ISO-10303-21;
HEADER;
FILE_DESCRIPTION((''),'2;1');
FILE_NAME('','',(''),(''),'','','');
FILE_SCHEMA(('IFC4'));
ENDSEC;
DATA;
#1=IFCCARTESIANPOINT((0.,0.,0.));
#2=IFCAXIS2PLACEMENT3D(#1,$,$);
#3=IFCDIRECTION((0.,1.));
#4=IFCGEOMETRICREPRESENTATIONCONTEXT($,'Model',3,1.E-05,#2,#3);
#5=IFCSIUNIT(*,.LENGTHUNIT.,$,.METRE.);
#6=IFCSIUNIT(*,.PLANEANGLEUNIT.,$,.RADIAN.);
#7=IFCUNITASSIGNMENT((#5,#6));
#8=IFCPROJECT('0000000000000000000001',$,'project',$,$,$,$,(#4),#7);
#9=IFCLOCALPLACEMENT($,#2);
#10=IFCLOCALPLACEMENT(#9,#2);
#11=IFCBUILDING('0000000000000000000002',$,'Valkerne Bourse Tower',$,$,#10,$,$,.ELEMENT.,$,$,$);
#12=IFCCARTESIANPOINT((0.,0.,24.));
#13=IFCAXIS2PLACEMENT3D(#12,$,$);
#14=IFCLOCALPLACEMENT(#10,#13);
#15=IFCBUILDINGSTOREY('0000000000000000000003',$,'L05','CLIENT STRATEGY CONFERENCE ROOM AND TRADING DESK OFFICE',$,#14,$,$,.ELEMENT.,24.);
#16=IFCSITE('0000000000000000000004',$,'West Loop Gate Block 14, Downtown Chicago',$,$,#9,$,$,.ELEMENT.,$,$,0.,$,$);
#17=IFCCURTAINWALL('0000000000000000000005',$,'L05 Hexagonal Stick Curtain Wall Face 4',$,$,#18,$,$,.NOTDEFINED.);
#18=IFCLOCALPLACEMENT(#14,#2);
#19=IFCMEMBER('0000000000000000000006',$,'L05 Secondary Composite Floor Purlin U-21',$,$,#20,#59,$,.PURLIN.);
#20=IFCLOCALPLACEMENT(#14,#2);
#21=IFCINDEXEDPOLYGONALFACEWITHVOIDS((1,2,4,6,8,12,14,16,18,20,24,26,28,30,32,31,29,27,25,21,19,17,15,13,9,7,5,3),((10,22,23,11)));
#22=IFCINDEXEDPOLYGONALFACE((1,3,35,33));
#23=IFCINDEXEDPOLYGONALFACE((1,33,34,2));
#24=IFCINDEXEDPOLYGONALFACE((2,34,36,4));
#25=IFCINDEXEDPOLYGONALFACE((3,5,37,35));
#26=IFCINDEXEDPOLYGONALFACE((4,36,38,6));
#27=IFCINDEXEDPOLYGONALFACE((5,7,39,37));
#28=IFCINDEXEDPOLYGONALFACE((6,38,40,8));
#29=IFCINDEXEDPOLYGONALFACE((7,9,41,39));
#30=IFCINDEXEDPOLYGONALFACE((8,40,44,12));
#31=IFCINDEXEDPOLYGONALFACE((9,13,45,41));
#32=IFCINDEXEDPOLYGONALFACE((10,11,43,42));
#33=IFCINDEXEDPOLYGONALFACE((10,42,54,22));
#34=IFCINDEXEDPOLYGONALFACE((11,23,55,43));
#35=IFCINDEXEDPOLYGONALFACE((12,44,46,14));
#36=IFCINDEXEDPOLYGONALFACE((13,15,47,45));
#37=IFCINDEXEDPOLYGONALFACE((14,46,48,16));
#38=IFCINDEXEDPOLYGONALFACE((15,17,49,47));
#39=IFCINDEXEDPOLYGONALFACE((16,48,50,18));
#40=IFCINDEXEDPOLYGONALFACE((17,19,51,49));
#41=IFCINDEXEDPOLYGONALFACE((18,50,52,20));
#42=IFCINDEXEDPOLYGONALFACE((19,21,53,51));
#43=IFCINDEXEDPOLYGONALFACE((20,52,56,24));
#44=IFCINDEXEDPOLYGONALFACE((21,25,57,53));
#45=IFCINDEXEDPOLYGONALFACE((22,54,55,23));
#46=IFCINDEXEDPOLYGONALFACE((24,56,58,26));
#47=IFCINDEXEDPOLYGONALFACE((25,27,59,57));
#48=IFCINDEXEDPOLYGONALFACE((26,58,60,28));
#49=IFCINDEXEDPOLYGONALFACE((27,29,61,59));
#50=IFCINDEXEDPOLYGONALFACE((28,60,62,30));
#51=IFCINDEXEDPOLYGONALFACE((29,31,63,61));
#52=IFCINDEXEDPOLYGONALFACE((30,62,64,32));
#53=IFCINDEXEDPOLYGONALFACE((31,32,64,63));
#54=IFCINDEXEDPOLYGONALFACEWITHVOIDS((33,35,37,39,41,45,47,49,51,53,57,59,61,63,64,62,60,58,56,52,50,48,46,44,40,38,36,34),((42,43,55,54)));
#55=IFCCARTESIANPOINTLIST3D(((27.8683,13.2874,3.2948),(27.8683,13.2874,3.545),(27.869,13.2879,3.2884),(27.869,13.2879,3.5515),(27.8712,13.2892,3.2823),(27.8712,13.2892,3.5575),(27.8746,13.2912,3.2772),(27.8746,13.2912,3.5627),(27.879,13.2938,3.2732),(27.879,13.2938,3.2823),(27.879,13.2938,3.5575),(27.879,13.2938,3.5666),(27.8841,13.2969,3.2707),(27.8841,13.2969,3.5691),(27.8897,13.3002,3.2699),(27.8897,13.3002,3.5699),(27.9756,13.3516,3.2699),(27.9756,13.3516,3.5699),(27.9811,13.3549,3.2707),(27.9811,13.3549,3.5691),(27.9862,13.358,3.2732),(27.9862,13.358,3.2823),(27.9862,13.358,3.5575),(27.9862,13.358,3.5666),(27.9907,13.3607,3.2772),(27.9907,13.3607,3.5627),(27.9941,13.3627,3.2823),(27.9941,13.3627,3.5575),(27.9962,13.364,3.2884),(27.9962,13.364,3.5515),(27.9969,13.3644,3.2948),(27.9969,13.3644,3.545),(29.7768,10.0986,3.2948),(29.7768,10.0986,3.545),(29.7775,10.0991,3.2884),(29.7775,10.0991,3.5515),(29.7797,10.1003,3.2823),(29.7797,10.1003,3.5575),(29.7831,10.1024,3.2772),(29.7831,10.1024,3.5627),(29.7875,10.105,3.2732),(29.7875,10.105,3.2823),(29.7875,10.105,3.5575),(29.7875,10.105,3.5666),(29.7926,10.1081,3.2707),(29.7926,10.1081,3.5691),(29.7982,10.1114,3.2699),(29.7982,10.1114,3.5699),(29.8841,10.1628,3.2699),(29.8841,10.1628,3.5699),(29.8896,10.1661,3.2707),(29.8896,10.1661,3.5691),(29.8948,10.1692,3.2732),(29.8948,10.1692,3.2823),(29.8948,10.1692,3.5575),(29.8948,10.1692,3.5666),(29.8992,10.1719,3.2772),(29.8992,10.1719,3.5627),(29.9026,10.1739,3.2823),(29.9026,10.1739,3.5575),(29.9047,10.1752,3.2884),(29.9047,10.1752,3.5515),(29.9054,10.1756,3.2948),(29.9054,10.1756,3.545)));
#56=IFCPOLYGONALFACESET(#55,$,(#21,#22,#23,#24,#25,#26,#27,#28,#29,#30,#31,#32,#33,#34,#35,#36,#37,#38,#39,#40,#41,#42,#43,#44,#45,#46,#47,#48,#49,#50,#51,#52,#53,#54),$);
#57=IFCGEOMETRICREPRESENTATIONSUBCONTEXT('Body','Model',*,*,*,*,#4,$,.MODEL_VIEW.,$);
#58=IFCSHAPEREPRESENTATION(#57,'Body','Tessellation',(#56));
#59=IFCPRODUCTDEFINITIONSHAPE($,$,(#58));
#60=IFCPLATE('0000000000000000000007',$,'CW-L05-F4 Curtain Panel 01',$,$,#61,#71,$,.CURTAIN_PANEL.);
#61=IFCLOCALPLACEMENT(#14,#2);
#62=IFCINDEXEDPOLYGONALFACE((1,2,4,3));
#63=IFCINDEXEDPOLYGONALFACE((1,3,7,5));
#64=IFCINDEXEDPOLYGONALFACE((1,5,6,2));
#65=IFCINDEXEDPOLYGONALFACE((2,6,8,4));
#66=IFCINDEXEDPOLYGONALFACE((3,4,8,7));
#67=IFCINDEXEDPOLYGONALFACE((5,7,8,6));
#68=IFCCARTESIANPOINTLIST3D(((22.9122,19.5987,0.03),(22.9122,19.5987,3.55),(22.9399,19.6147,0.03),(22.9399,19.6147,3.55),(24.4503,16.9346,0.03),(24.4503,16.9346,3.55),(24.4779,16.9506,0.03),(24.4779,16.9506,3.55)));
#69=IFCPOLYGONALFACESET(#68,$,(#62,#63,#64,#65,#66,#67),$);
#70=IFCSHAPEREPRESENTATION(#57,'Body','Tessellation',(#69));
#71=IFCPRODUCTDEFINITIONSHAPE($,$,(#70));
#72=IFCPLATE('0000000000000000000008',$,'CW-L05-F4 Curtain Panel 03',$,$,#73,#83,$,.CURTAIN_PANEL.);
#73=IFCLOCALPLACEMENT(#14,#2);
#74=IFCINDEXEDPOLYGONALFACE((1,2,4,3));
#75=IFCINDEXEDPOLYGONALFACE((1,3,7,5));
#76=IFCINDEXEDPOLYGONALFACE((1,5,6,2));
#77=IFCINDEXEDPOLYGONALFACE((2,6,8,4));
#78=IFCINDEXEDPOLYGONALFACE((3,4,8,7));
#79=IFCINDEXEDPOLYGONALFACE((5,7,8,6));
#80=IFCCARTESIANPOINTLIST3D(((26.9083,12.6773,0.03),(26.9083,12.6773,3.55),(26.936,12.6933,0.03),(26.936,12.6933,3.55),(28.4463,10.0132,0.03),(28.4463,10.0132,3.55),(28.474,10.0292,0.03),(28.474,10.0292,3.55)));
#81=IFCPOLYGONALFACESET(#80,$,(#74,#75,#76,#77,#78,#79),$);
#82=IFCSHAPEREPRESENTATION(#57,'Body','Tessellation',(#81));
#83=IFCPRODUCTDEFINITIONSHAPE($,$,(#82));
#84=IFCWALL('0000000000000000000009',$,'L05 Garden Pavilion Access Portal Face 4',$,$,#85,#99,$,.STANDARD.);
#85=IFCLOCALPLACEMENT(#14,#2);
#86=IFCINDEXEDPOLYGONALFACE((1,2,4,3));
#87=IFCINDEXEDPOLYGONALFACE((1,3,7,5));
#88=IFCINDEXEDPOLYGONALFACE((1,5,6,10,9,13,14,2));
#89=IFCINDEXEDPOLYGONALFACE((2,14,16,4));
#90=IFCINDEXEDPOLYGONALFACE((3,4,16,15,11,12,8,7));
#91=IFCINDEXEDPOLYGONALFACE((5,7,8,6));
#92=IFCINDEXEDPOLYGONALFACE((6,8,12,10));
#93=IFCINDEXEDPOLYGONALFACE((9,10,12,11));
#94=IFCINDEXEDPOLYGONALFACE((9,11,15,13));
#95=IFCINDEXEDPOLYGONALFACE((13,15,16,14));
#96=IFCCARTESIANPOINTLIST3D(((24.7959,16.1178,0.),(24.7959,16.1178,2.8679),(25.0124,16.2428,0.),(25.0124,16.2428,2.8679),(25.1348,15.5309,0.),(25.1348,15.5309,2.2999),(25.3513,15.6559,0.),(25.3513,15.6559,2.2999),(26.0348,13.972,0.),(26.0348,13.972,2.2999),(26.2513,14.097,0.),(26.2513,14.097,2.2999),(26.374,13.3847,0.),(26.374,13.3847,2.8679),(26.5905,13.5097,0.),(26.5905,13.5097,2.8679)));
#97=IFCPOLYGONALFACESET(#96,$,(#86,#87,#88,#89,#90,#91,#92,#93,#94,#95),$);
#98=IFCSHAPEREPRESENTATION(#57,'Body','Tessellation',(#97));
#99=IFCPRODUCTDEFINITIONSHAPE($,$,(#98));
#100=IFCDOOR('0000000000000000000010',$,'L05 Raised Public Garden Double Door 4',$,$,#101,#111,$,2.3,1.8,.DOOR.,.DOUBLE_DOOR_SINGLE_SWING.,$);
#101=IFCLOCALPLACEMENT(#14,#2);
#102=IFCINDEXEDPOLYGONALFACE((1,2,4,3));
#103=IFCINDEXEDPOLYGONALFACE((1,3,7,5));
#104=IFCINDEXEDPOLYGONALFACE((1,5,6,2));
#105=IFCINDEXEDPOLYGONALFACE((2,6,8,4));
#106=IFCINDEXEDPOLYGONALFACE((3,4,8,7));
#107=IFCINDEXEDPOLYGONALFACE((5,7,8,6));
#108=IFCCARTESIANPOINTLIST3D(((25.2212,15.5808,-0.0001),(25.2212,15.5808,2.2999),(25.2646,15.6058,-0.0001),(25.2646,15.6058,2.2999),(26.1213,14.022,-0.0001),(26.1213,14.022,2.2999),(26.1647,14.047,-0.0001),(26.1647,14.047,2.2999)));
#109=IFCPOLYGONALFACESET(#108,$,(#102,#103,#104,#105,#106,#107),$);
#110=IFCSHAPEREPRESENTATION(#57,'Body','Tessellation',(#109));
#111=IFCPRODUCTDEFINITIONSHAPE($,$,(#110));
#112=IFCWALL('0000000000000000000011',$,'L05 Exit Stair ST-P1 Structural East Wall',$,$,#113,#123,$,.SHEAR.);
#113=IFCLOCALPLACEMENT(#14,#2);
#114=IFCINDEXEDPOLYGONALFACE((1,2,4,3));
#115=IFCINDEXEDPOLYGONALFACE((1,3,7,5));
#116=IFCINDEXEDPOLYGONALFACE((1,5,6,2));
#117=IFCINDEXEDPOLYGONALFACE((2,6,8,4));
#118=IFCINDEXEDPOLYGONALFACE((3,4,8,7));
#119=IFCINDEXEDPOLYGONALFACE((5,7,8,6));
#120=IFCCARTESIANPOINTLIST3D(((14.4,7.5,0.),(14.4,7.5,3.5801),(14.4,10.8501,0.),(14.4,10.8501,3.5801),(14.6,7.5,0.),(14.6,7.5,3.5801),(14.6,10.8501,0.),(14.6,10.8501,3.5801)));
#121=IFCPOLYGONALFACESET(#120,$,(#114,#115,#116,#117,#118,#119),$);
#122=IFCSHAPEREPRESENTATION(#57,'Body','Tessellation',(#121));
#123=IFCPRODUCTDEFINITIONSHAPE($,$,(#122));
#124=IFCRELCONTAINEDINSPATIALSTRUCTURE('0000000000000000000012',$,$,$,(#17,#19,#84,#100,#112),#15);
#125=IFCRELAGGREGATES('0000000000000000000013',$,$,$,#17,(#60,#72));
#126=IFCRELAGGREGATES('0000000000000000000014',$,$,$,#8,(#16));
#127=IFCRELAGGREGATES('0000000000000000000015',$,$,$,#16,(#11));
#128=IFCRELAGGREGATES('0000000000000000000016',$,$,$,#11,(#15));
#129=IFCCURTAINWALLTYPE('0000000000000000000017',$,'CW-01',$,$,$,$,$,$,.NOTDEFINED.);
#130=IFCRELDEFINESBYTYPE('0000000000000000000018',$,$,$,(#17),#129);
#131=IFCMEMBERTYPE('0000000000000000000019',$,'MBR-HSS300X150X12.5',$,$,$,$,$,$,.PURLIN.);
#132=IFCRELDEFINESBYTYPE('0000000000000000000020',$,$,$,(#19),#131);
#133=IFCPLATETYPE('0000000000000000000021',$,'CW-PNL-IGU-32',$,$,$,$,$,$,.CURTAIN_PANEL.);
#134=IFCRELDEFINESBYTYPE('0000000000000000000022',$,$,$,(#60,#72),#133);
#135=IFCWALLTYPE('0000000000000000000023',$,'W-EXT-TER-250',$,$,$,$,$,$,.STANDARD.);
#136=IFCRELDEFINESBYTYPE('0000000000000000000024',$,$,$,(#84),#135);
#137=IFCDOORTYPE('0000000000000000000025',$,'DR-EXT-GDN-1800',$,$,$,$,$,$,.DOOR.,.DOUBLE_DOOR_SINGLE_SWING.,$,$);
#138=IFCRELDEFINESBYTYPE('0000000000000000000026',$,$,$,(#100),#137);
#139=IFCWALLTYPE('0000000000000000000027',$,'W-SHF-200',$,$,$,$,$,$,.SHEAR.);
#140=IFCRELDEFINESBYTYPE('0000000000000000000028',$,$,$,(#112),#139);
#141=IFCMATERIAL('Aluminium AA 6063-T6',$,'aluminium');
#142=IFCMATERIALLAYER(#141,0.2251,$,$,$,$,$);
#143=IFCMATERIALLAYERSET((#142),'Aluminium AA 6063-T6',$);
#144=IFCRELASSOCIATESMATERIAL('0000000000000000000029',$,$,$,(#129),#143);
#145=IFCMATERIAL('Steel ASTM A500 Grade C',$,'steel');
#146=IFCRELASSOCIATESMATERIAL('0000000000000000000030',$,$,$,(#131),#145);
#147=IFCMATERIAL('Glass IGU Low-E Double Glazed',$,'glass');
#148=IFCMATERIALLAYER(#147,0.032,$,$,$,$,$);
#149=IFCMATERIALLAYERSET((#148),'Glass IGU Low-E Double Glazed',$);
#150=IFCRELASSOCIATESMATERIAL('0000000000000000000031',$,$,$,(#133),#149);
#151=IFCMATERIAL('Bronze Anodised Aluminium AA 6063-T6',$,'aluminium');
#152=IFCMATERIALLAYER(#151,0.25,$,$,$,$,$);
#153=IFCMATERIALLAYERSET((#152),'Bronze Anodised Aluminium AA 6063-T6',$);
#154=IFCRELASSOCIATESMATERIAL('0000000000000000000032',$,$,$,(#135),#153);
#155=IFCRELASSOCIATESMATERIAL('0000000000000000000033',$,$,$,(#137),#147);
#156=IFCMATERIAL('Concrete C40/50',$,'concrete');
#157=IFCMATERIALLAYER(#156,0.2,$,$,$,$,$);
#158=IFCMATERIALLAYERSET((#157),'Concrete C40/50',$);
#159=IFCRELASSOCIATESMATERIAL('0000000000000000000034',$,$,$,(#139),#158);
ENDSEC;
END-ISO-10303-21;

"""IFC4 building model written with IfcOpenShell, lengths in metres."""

from ifc_helpers import new_model, si_unit, direction, frame, frame_2d, origin, origin_2d, place, context, subcontext, project, spatial, rectangle, hollow_rectangle, extrude, material, layer, layer_set, material_profile, profile_set, type_object, element, fill, aggregate, save


model = new_model("IFC4")

# Units and contexts
model_context = context("Model", 3, precision=1e-05, world=origin(), true_north=direction((0.0, 1.0)))
body_context = subcontext(model_context, "Body", "Model", "MODEL_VIEW")
ifc_project = project(units=[si_unit("LENGTHUNIT", "METRE"), si_unit("PLANEANGLEUNIT", "RADIAN")], contexts=[model_context])

# Site, building, storey
site_placement = place(None, origin())
site = spatial("IfcSite", under=ifc_project, at=site_placement, Name="West Loop Gate Block 14, Downtown Chicago", CompositionType="ELEMENT", RefElevation=0.0)
building_placement = place(site_placement, origin())
building = spatial("IfcBuilding", under=site, at=building_placement, Name="Valkerne Bourse Tower", CompositionType="ELEMENT")
storey_placement = place(building_placement, frame((0.0, 0.0, 24.0)))
storey = spatial("IfcBuildingStorey", under=building, at=storey_placement, Name="L05", Description="CLIENT STRATEGY CONFERENCE ROOM AND TRADING DESK OFFICE", CompositionType="ELEMENT", Elevation=24.0)

# Curtain wall
ifc_material_1 = material(Name="Aluminium AA 6063-T6", Category="aluminium")
ifc_layer_1 = layer(ifc_material_1, 0.2251)
ifc_layer_set_1 = layer_set([ifc_layer_1], Name="Aluminium AA 6063-T6")
curtain_wall_type = type_object("IfcCurtainWallType", Name="CW-01", PredefinedType="NOTDEFINED", material=ifc_layer_set_1)
curtain_wall_placement = place(storey_placement, origin())
curtain_wall = element("IfcCurtainWall", 1, at=curtain_wall_placement, inside=storey, type_object=curtain_wall_type, Name="L05 Hexagonal Stick Curtain Wall Face 4", PredefinedType="NOTDEFINED")

# Member
ifc_material_2 = material(Name="Bronze Anodised Aluminium AA 6063-T6", Category="aluminium")
ifc_material_3 = material(Name="Steel ASTM A500 Grade C", Category="steel")
ifc_material_profile_1 = material_profile(ifc_material_3, hollow_rectangle(XDim=0.1499, YDim=0.3, WallThickness=0.0125, OuterFilletRadius=0.0249, at=origin_2d()), Name="HSS300X150X12.5")
ifc_profile_set_1 = profile_set([ifc_material_profile_1], Name="Steel ASTM A500 Grade C")
member_type_1 = type_object("IfcMemberType", Name="MBR-HSS300X150X12.5", PredefinedType="PURLIN", material=ifc_profile_set_1)
for number, where, z_axis, x_axis, name in (
    (2, (27.9326, 13.3259, 3.4199), (0.513549, -0.85806, 0.0), (0.85806, 0.513549, 0.0), "L05 Secondary Composite Floor Purlin U-21"),
):
    element("IfcMember", number, at=place(storey_placement, frame(where, z_axis=z_axis, x_axis=x_axis)), inside=storey, type_object=member_type_1, Name=name, PredefinedType="PURLIN", context=body_context, shape_type="SweptSolid", body=[
        extrude(hollow_rectangle(XDim=0.1499, YDim=0.3, WallThickness=0.0125, OuterFilletRadius=0.0249, at=origin_2d()), origin(), (0.0, 0.0, 1.0), 3.7163),
    ])

# Plates
ifc_material_4 = material(Name="Glass IGU Low-E Double Glazed", Category="glass")
ifc_layer_2 = layer(ifc_material_4, 0.032)
ifc_layer_set_2 = layer_set([ifc_layer_2], Name="Glass IGU Low-E Double Glazed")
plate_type = type_object("IfcPlateType", Name="CW-PNL-IGU-32", PredefinedType="CURTAIN_PANEL", material=ifc_layer_set_2)
plate_1_placement = place(storey_placement, frame((23.6951, 18.2747, 0.03), z_axis=(0.0, 0.0, 1.0), x_axis=(0.499993, -0.866029, 0.0)))
plate_1 = element("IfcPlate", 3, at=plate_1_placement, type_object=plate_type, Name="CW-L05-F4 Curtain Panel 01", PredefinedType="CURTAIN_PANEL", context=body_context, shape_type="SweptSolid", body=[
    extrude(rectangle(XDim=3.0762, YDim=0.032, at=origin_2d()), origin(), (0.0, 0.0, 1.0), 3.52),
])
plate_2_placement = place(storey_placement, frame((27.6912, 11.3533, 0.03), z_axis=(0.0, 0.0, 1.0), x_axis=(0.499993, -0.866029, 0.0)))
plate_2 = element("IfcPlate", 4, at=plate_2_placement, type_object=plate_type, Name="CW-L05-F4 Curtain Panel 03", PredefinedType="CURTAIN_PANEL", context=body_context, shape_type="SweptSolid", body=[
    extrude(rectangle(XDim=3.0762, YDim=0.032, at=origin_2d()), origin(), (0.0, 0.0, 1.0), 3.52),
])
aggregate(curtain_wall, [plate_1, plate_2])

# Wall, opening, door
ifc_layer_3 = layer(ifc_material_2, 0.25)
ifc_layer_set_3 = layer_set([ifc_layer_3], Name="Bronze Anodised Aluminium AA 6063-T6")
wall_type_1 = type_object("IfcWallType", Name="W-EXT-TER-250", PredefinedType="STANDARD", material=ifc_layer_set_3)
wall_1_placement = place(storey_placement, frame((24.9041, 16.1804, 0.0), z_axis=(0.0, 0.0, 1.0), x_axis=(0.500033, -0.866007, 0.0)))
wall_1 = element("IfcWall", 5, at=wall_1_placement, inside=storey, type_object=wall_type_1, Name="L05 Garden Pavilion Access Portal Face 4", PredefinedType="STANDARD", context=body_context, shape_type="SweptSolid", body=[
    extrude(rectangle(XDim=3.156, YDim=0.25, at=frame_2d((1.5781, 0.0))), origin(), (0.0, 0.0, 1.0), 2.8679),
])
opening_placement = place(wall_1_placement, frame((0.678, 0.0, 0.0)))
opening = element("IfcOpeningElement", 6, at=opening_placement, cuts=wall_1, PredefinedType="OPENING", context=body_context, shape_type="SweptSolid", body=[
    extrude(rectangle(XDim=1.8, YDim=2.3, at=frame_2d((0.8999, 1.1499))), frame((0.0, 0.135, 0.0), z_axis=(0.0, -1.0, 0.0), x_axis=(1.0, 0.0, 0.0)), (0.0, 0.0, 1.0), 0.27),
])
door_type = type_object("IfcDoorType", Name="DR-EXT-GDN-1800", OperationType="DOUBLE_DOOR_SINGLE_SWING", PredefinedType="DOOR", material=ifc_material_4)
door_placement = place(opening_placement, origin())
door = element("IfcDoor", 7, at=door_placement, inside=storey, type_object=door_type, Name="L05 Raised Public Garden Double Door 4", OperationType="DOUBLE_DOOR_SINGLE_SWING", OverallHeight=2.3, OverallWidth=1.8, PredefinedType="DOOR", context=body_context, shape_type="SweptSolid", body=[
    extrude(rectangle(XDim=1.8, YDim=2.3, at=frame_2d((0.8999, 1.1499))), frame((0.0, 0.0249, 0.0), z_axis=(0.0, -1.0, 0.0), x_axis=(1.0, 0.0, 0.0)), (0.0, 0.0, 1.0), 0.05),
])
fill(opening, door)

# Wall
ifc_material_5 = material(Name="Concrete C40/50", Category="concrete")
ifc_layer_4 = layer(ifc_material_5, 0.2)
ifc_layer_set_4 = layer_set([ifc_layer_4], Name="Concrete C40/50")
wall_type_2 = type_object("IfcWallType", Name="W-SHF-200", PredefinedType="SHEAR", material=ifc_layer_set_4)
wall_2_placement = place(storey_placement, frame((14.5, 7.5, 0.0), z_axis=(0.0, 0.0, 1.0), x_axis=(0.0, 1.0, 0.0)))
element("IfcWall", 8, at=wall_2_placement, inside=storey, type_object=wall_type_2, Name="L05 Exit Stair ST-P1 Structural East Wall", PredefinedType="SHEAR", context=body_context, shape_type="SweptSolid", body=[
    extrude(rectangle(XDim=3.3501, YDim=0.2, at=frame_2d((1.675, 0.0))), origin(), (0.0, 0.0, 1.0), 3.5801),
])

save(model, "model.ifc")
